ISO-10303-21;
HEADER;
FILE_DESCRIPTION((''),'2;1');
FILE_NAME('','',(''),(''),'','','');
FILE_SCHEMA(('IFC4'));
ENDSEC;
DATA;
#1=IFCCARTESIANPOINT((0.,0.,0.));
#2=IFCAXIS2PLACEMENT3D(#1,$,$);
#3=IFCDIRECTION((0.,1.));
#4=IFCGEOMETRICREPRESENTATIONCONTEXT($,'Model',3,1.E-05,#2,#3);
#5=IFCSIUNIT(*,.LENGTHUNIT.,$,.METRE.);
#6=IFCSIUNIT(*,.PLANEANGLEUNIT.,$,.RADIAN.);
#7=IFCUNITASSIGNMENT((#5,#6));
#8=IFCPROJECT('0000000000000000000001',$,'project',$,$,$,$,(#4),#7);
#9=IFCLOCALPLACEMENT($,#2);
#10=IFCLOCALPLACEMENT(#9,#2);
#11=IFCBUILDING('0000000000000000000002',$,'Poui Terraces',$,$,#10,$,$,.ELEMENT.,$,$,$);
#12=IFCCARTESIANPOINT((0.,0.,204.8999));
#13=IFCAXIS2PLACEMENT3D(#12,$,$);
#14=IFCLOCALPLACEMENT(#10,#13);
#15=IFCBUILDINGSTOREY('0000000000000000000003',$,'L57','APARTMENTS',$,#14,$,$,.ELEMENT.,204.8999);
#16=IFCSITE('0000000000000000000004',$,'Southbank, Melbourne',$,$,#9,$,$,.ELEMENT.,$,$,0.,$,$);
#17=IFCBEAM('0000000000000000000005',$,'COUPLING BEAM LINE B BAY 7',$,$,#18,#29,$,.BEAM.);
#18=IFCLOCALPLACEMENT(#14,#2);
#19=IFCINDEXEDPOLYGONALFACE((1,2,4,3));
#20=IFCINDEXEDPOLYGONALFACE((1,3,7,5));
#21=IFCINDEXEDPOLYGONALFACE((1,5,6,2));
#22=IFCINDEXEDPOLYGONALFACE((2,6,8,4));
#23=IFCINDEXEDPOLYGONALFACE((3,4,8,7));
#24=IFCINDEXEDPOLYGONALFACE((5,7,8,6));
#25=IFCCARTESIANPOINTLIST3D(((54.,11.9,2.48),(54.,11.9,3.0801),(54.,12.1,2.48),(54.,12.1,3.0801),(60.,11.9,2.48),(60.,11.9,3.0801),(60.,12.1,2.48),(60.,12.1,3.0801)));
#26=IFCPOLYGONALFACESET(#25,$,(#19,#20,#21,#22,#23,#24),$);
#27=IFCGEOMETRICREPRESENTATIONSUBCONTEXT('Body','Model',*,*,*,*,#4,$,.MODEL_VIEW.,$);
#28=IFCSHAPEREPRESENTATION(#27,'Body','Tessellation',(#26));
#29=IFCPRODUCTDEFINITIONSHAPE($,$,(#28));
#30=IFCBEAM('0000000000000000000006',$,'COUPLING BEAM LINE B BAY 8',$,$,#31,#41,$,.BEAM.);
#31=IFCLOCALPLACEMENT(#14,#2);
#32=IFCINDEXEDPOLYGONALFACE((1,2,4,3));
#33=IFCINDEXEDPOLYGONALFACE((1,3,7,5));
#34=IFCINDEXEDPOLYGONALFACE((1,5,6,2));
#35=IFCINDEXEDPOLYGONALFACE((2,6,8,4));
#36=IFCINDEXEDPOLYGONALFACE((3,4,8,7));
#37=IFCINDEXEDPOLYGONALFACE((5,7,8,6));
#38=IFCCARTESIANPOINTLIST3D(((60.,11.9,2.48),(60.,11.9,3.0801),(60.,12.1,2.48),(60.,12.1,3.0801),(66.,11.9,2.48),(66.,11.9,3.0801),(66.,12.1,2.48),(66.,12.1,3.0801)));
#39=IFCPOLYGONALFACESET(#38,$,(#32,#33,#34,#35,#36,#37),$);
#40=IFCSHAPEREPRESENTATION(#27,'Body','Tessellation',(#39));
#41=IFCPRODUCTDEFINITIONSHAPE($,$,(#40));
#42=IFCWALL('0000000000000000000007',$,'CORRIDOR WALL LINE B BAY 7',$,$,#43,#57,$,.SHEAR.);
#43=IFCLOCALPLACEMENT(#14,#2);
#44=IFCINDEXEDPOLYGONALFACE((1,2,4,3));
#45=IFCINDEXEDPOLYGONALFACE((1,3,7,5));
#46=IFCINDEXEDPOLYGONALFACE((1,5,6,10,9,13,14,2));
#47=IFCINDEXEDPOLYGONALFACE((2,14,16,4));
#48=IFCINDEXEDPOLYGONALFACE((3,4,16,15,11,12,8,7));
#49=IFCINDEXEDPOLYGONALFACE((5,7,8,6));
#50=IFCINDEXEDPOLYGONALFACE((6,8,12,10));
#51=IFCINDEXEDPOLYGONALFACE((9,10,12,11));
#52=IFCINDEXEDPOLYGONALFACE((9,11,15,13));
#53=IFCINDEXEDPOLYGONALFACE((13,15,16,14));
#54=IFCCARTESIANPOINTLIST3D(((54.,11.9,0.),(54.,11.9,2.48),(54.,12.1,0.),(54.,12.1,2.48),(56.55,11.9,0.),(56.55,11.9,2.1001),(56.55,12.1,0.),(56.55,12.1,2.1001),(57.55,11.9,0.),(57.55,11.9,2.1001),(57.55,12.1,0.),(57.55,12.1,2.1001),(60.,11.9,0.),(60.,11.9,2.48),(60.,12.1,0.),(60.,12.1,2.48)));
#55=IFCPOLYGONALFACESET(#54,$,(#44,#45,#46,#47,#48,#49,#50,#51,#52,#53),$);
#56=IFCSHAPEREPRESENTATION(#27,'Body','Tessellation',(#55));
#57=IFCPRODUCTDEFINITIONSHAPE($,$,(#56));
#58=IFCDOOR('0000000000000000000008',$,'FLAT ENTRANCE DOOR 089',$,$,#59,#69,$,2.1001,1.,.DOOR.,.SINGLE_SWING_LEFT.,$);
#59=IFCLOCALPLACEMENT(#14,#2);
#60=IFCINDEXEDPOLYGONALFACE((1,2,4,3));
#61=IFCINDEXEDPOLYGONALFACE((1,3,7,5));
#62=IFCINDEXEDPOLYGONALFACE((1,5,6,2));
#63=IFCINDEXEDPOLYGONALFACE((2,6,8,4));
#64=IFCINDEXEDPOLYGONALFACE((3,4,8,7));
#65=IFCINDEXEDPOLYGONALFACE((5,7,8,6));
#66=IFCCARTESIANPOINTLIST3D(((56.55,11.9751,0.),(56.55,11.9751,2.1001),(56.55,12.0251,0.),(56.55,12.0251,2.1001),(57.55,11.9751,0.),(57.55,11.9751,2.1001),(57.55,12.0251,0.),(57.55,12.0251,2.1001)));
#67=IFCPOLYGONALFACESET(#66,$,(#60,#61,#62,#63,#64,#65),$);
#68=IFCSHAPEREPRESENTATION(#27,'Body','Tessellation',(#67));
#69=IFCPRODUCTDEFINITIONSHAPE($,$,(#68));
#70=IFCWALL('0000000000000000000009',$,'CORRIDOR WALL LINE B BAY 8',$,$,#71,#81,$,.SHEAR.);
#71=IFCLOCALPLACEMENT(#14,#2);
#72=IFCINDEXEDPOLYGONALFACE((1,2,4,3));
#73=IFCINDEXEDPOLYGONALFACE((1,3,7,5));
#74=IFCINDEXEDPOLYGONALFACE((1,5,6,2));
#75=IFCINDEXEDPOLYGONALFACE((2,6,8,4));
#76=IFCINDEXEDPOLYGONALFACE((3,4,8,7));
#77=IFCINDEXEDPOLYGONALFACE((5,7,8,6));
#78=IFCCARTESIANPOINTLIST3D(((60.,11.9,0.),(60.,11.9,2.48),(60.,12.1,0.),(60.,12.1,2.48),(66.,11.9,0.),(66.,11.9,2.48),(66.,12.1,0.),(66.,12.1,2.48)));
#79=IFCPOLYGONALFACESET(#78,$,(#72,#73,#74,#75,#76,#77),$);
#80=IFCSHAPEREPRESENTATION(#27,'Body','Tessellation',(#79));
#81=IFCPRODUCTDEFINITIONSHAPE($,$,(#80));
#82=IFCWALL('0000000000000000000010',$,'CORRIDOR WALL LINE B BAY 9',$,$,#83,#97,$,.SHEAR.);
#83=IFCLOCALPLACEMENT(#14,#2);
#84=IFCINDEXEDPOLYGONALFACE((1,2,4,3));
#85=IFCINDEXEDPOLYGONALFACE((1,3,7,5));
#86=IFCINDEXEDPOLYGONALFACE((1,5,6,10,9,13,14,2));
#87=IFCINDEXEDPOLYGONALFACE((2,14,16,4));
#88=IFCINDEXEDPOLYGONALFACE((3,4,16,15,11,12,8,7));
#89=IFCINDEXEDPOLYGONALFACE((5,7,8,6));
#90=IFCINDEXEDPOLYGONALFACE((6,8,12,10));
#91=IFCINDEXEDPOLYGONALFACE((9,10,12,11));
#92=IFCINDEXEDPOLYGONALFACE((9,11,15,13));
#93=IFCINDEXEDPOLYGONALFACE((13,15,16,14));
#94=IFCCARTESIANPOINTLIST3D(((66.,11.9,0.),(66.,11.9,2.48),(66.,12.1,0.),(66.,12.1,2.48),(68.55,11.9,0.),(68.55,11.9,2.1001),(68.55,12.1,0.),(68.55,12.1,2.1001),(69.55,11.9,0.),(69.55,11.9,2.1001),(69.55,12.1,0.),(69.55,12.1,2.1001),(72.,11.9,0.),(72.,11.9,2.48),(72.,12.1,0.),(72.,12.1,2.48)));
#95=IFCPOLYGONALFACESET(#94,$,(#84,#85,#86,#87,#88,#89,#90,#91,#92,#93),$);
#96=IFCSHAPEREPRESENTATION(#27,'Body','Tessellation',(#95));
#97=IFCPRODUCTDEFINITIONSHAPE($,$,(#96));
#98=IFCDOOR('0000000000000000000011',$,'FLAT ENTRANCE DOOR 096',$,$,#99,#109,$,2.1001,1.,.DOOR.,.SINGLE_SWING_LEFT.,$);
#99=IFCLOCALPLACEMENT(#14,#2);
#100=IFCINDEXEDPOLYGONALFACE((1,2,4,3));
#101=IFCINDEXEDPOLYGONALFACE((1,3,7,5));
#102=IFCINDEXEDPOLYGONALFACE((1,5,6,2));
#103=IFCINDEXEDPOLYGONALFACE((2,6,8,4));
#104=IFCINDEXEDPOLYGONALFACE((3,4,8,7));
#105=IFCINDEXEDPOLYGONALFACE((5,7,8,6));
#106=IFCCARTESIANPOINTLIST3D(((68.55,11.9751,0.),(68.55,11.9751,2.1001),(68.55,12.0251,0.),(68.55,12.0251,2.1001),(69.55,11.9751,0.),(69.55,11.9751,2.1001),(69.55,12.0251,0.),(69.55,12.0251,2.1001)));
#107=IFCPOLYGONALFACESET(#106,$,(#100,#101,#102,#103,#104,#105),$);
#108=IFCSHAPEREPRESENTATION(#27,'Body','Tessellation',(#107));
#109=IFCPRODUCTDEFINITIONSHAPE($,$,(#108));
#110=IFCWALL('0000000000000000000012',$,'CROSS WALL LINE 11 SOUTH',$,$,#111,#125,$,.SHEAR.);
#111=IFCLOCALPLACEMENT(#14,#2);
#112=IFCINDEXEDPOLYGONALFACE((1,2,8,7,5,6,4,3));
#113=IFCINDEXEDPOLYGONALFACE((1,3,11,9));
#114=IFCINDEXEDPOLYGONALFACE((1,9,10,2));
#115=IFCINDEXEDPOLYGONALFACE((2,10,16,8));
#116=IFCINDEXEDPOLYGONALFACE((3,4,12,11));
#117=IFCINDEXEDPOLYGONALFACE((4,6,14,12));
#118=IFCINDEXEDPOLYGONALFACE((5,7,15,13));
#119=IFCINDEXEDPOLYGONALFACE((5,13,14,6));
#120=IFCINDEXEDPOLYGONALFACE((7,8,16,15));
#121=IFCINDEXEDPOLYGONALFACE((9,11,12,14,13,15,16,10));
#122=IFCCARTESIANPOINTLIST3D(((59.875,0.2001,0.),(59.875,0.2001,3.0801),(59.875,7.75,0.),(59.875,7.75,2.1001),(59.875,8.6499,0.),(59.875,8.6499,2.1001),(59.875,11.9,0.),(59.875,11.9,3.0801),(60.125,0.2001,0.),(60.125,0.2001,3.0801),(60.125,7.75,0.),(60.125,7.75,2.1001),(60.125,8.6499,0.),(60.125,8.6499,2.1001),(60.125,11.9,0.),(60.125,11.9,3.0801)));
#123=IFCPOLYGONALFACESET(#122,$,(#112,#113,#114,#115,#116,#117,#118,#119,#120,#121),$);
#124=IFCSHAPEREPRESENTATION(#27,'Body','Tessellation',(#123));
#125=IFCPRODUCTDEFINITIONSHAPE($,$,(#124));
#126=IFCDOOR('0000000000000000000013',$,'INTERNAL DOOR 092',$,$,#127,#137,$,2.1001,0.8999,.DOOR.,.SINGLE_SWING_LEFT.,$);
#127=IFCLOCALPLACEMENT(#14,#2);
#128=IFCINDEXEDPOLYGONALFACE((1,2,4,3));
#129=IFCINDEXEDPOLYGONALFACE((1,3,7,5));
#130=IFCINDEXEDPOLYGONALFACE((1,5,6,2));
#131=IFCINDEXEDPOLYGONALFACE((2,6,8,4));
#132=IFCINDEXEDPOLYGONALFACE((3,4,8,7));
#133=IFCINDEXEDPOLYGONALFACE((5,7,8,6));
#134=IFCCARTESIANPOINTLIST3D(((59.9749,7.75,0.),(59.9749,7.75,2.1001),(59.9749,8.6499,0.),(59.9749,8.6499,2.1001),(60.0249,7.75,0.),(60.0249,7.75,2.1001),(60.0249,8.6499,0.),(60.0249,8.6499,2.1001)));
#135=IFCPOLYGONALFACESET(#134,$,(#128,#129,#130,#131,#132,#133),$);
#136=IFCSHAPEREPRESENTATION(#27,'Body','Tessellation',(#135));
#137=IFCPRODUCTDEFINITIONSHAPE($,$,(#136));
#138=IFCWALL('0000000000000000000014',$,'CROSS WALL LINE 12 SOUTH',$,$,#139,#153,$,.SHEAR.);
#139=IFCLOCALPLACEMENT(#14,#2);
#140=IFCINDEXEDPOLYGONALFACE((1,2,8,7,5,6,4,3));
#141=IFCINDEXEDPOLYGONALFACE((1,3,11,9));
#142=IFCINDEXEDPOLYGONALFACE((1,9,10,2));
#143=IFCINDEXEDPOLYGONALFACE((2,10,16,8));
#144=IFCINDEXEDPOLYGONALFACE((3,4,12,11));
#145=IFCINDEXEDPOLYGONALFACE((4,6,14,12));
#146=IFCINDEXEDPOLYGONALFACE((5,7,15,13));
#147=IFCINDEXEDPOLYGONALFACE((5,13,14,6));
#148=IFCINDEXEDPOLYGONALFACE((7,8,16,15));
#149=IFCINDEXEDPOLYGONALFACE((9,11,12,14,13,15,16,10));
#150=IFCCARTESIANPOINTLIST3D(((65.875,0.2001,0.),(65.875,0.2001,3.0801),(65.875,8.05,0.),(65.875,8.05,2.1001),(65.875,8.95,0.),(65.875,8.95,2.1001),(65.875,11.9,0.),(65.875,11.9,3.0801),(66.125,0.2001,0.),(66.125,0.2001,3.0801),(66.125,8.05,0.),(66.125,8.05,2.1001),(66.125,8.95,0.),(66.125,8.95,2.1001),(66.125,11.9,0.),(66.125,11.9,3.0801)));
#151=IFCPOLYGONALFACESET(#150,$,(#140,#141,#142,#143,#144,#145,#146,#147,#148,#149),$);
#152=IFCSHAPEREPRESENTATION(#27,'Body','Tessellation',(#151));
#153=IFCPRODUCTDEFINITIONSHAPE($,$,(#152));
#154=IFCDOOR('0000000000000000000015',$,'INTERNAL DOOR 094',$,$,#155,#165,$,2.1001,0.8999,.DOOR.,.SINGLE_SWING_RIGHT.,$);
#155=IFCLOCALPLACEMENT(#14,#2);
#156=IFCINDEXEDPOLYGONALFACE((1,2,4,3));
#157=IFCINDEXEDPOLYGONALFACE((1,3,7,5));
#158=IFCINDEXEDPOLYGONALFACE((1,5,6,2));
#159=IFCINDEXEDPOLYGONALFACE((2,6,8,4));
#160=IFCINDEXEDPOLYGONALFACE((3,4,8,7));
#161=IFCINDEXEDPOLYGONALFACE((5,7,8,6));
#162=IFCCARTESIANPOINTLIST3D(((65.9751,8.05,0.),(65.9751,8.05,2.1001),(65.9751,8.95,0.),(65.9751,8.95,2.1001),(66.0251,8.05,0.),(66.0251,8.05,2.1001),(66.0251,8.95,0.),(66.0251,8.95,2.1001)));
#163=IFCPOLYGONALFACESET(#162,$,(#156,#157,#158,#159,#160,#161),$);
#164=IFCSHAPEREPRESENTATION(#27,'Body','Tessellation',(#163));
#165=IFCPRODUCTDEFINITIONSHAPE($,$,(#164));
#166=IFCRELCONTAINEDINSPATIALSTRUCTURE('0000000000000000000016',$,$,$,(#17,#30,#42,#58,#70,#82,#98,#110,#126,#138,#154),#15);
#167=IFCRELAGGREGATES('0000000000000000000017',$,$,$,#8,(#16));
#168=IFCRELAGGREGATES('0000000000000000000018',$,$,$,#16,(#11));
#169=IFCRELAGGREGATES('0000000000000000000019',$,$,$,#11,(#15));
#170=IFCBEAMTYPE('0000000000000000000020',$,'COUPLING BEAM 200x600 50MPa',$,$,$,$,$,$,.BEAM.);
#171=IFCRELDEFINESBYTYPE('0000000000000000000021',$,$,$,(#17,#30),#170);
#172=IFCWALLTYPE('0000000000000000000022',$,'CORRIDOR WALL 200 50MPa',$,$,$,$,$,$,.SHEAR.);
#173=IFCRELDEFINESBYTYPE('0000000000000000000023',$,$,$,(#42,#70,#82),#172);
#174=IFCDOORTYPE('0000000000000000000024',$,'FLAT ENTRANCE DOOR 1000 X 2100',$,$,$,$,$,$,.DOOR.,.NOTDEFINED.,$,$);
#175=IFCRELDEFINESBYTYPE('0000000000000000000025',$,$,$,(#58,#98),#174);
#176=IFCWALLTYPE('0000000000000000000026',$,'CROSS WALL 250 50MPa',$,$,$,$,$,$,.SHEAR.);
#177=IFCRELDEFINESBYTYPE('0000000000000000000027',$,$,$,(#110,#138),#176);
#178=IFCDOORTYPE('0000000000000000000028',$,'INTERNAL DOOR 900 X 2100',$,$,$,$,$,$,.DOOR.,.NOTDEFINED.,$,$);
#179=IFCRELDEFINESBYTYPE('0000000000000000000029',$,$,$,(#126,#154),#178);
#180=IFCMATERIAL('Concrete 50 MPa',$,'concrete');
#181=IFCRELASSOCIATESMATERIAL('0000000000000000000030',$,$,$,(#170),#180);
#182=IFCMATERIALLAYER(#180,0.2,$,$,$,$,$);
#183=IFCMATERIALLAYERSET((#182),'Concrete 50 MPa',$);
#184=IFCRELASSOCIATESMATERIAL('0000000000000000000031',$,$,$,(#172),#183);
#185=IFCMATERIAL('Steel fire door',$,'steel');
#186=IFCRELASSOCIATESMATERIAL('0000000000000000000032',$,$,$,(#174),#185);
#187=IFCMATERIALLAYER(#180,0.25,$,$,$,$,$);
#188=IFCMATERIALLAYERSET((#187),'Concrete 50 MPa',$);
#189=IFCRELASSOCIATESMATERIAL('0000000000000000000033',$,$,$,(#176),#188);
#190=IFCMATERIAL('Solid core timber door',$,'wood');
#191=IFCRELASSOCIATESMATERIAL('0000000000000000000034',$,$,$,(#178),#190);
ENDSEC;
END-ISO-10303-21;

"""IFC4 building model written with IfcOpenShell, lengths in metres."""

from ifc_helpers import new_model, si_unit, direction, frame, frame_2d, origin, origin_2d, place, context, subcontext, project, spatial, rectangle, extrude, source, transform, mapped, material, layer, layer_set, material_profile, profile_set, type_object, element, fill, save


model = new_model("IFC4")

# Units and contexts
model_context = context("Model", 3, precision=1e-05, world=origin(), true_north=direction((0.0, 1.0)))
body_context = subcontext(model_context, "Body", "Model", "MODEL_VIEW")
ifc_project = project(units=[si_unit("LENGTHUNIT", "METRE"), si_unit("PLANEANGLEUNIT", "RADIAN")], contexts=[model_context])

# Site, building, storey
site_placement = place(None, origin())
site = spatial("IfcSite", under=ifc_project, at=site_placement, Name="Southbank, Melbourne", CompositionType="ELEMENT", RefElevation=0.0)
building_placement = place(site_placement, origin())
building = spatial("IfcBuilding", under=site, at=building_placement, Name="Poui Terraces", CompositionType="ELEMENT")
storey_placement = place(building_placement, frame((0.0, 0.0, 204.8999)))
storey = spatial("IfcBuildingStorey", under=building, at=storey_placement, Name="L57", Description="APARTMENTS", CompositionType="ELEMENT", Elevation=204.8999)

# Beams
ifc_material_1 = material(Name="Concrete 50 MPa", Category="concrete")
ifc_material_profile = material_profile(ifc_material_1, rectangle(XDim=0.2, YDim=0.6001, at=origin_2d()), Name="RC 200x600")
ifc_profile_set = profile_set([ifc_material_profile], Name="Concrete 50 MPa")
beam_type = type_object("IfcBeamType", Name="COUPLING BEAM 200x600 50MPa", PredefinedType="BEAM", material=ifc_profile_set)
shared_shape = source(origin(), body_context, "Body", "SweptSolid", [
    extrude(rectangle(XDim=0.2, YDim=0.6001, at=origin_2d()), origin(), (0.0, 0.0, 1.0), 6.0),
])
for number, where, z_axis, x_axis, name in (
    (1, (54.0, 12.0, 2.78), (1.0, 0.0, 0.0), (0.0, 1.0, 0.0), "COUPLING BEAM LINE B BAY 7"),
    (2, (60.0, 12.0, 2.78), (1.0, 0.0, 0.0), (0.0, 1.0, 0.0), "COUPLING BEAM LINE B BAY 8"),
):
    element("IfcBeam", number, at=place(storey_placement, frame(where, z_axis=z_axis, x_axis=x_axis)), inside=storey, type_object=beam_type, Name=name, PredefinedType="BEAM", context=body_context, shape_type="MappedRepresentation", body=[
        mapped(shared_shape, transform((0.0, 0.0, 0.0))),
    ])

# Wall, opening, door
ifc_layer_1 = layer(ifc_material_1, 0.2)
ifc_layer_set_1 = layer_set([ifc_layer_1], Name="Concrete 50 MPa")
wall_type_1 = type_object("IfcWallType", Name="CORRIDOR WALL 200 50MPa", PredefinedType="SHEAR", material=ifc_layer_set_1)
wall_1_placement = place(storey_placement, frame((54.0, 12.0, 0.0), z_axis=(0.0, 0.0, 1.0), x_axis=(1.0, 0.0, 0.0)))
wall_1 = element("IfcWall", 3, at=wall_1_placement, inside=storey, type_object=wall_type_1, Name="CORRIDOR WALL LINE B BAY 7", PredefinedType="SHEAR", context=body_context, shape_type="SweptSolid", body=[
    extrude(rectangle(XDim=6.0, YDim=0.2, at=frame_2d((3.0, 0.0))), origin(), (0.0, 0.0, 1.0), 2.48),
])
opening_1_placement = place(wall_1_placement, frame((2.55, 0.0, 0.0)))
opening_1 = element("IfcOpeningElement", 4, at=opening_1_placement, cuts=wall_1, PredefinedType="OPENING", context=body_context, shape_type="SweptSolid", body=[
    extrude(rectangle(XDim=1.0, YDim=2.1001, at=frame_2d((0.5, 1.05))), frame((0.0, 0.1099, 0.0), z_axis=(0.0, -1.0, 0.0), x_axis=(1.0, 0.0, 0.0)), (0.0, 0.0, 1.0), 0.22),
])
ifc_material_2 = material(Name="Steel fire door", Category="steel")
door_type_1 = type_object("IfcDoorType", Name="FLAT ENTRANCE DOOR 1000 X 2100", OperationType="NOTDEFINED", PredefinedType="DOOR", material=ifc_material_2)
door_1_placement = place(opening_1_placement, frame((1.0, 0.0, 0.0), z_axis=(0.0, 0.0, 1.0), x_axis=(-1.0, 0.0, 0.0)))
door_1 = element("IfcDoor", 5, at=door_1_placement, inside=storey, type_object=door_type_1, Name="FLAT ENTRANCE DOOR 089", OperationType="SINGLE_SWING_LEFT", OverallHeight=2.1001, OverallWidth=1.0, PredefinedType="DOOR", context=body_context, shape_type="SweptSolid", body=[
    extrude(rectangle(XDim=1.0, YDim=2.1001, at=frame_2d((0.5, 1.05))), frame((0.0, 0.0249, 0.0), z_axis=(0.0, -1.0, 0.0), x_axis=(1.0, 0.0, 0.0)), (0.0, 0.0, 1.0), 0.05),
])
fill(opening_1, door_1)

# Wall
wall_2_placement = place(storey_placement, frame((60.0, 12.0, 0.0), z_axis=(0.0, 0.0, 1.0), x_axis=(1.0, 0.0, 0.0)))
element("IfcWall", 6, at=wall_2_placement, inside=storey, type_object=wall_type_1, Name="CORRIDOR WALL LINE B BAY 8", PredefinedType="SHEAR", context=body_context, shape_type="SweptSolid", body=[
    extrude(rectangle(XDim=6.0, YDim=0.2, at=frame_2d((3.0, 0.0))), origin(), (0.0, 0.0, 1.0), 2.48),
])

# Walls, openings, doors
wall_3_placement = place(storey_placement, frame((66.0, 12.0, 0.0), z_axis=(0.0, 0.0, 1.0), x_axis=(1.0, 0.0, 0.0)))
wall_3 = element("IfcWall", 7, at=wall_3_placement, inside=storey, type_object=wall_type_1, Name="CORRIDOR WALL LINE B BAY 9", PredefinedType="SHEAR", context=body_context, shape_type="SweptSolid", body=[
    extrude(rectangle(XDim=6.0, YDim=0.2, at=frame_2d((3.0, 0.0))), origin(), (0.0, 0.0, 1.0), 2.48),
])
opening_2_placement = place(wall_3_placement, frame((2.55, 0.0, 0.0)))
opening_2 = element("IfcOpeningElement", 8, at=opening_2_placement, cuts=wall_3, PredefinedType="OPENING", context=body_context, shape_type="SweptSolid", body=[
    extrude(rectangle(XDim=1.0, YDim=2.1001, at=frame_2d((0.5, 1.05))), frame((0.0, 0.1099, 0.0), z_axis=(0.0, -1.0, 0.0), x_axis=(1.0, 0.0, 0.0)), (0.0, 0.0, 1.0), 0.22),
])
door_2_placement = place(opening_2_placement, frame((1.0, 0.0, 0.0), z_axis=(0.0, 0.0, 1.0), x_axis=(-1.0, 0.0, 0.0)))
door_2 = element("IfcDoor", 9, at=door_2_placement, inside=storey, type_object=door_type_1, Name="FLAT ENTRANCE DOOR 096", OperationType="SINGLE_SWING_LEFT", OverallHeight=2.1001, OverallWidth=1.0, PredefinedType="DOOR", context=body_context, shape_type="SweptSolid", body=[
    extrude(rectangle(XDim=1.0, YDim=2.1001, at=frame_2d((0.5, 1.05))), frame((0.0, 0.0249, 0.0), z_axis=(0.0, -1.0, 0.0), x_axis=(1.0, 0.0, 0.0)), (0.0, 0.0, 1.0), 0.05),
])
fill(opening_2, door_2)
ifc_layer_2 = layer(ifc_material_1, 0.25)
ifc_layer_set_2 = layer_set([ifc_layer_2], Name="Concrete 50 MPa")
wall_type_2 = type_object("IfcWallType", Name="CROSS WALL 250 50MPa", PredefinedType="SHEAR", material=ifc_layer_set_2)
wall_4_placement = place(storey_placement, frame((60.0, 0.2, 0.0), z_axis=(0.0, 0.0, 1.0), x_axis=(0.0, 1.0, 0.0)))
wall_4 = element("IfcWall", 10, at=wall_4_placement, inside=storey, type_object=wall_type_2, Name="CROSS WALL LINE 11 SOUTH", PredefinedType="SHEAR", context=body_context, shape_type="SweptSolid", body=[
    extrude(rectangle(XDim=11.7, YDim=0.25, at=frame_2d((5.8501, 0.0))), origin(), (0.0, 0.0, 1.0), 3.0801),
])
opening_3_placement = place(wall_4_placement, frame((7.55, 0.0, 0.0)))
opening_3 = element("IfcOpeningElement", 11, at=opening_3_placement, cuts=wall_4, PredefinedType="OPENING", context=body_context, shape_type="SweptSolid", body=[
    extrude(rectangle(XDim=0.8999, YDim=2.1001, at=frame_2d((0.45, 1.05))), frame((0.0, 0.135, 0.0), z_axis=(0.0, -1.0, 0.0), x_axis=(1.0, 0.0, 0.0)), (0.0, 0.0, 1.0), 0.27),
])
ifc_material_3 = material(Name="Solid core timber door", Category="wood")
door_type_2 = type_object("IfcDoorType", Name="INTERNAL DOOR 900 X 2100", OperationType="NOTDEFINED", PredefinedType="DOOR", material=ifc_material_3)
door_3_placement = place(opening_3_placement, frame((0.8999, 0.0, 0.0), z_axis=(0.0, 0.0, 1.0), x_axis=(-1.0, 0.0, 0.0)))
door_3 = element("IfcDoor", 12, at=door_3_placement, inside=storey, type_object=door_type_2, Name="INTERNAL DOOR 092", OperationType="SINGLE_SWING_LEFT", OverallHeight=2.1001, OverallWidth=0.8999, PredefinedType="DOOR", context=body_context, shape_type="SweptSolid", body=[
    extrude(rectangle(XDim=0.8999, YDim=2.1001, at=frame_2d((0.45, 1.05))), frame((0.0, 0.0249, 0.0), z_axis=(0.0, -1.0, 0.0), x_axis=(1.0, 0.0, 0.0)), (0.0, 0.0, 1.0), 0.05),
])
fill(opening_3, door_3)
wall_5_placement = place(storey_placement, frame((66.0, 0.2, 0.0), z_axis=(0.0, 0.0, 1.0), x_axis=(0.0, 1.0, 0.0)))
wall_5 = element("IfcWall", 13, at=wall_5_placement, inside=storey, type_object=wall_type_2, Name="CROSS WALL LINE 12 SOUTH", PredefinedType="SHEAR", context=body_context, shape_type="SweptSolid", body=[
    extrude(rectangle(XDim=11.7, YDim=0.25, at=frame_2d((5.8501, 0.0))), origin(), (0.0, 0.0, 1.0), 3.0801),
])
opening_4_placement = place(wall_5_placement, frame((7.8501, 0.0, 0.0)))
opening_4 = element("IfcOpeningElement", 14, at=opening_4_placement, cuts=wall_5, PredefinedType="OPENING", context=body_context, shape_type="SweptSolid", body=[
    extrude(rectangle(XDim=0.8999, YDim=2.1001, at=frame_2d((0.45, 1.05))), frame((0.0, 0.135, 0.0), z_axis=(0.0, -1.0, 0.0), x_axis=(1.0, 0.0, 0.0)), (0.0, 0.0, 1.0), 0.27),
])
door_4_placement = place(opening_4_placement, origin())
door_4 = element("IfcDoor", 15, at=door_4_placement, inside=storey, type_object=door_type_2, Name="INTERNAL DOOR 094", OperationType="SINGLE_SWING_RIGHT", OverallHeight=2.1001, OverallWidth=0.8999, PredefinedType="DOOR", context=body_context, shape_type="SweptSolid", body=[
    extrude(rectangle(XDim=0.8999, YDim=2.1001, at=frame_2d((0.45, 1.05))), frame((0.0, 0.0249, 0.0), z_axis=(0.0, -1.0, 0.0), x_axis=(1.0, 0.0, 0.0)), (0.0, 0.0, 1.0), 0.05),
])
fill(opening_4, door_4)

save(model, "model.ifc")
